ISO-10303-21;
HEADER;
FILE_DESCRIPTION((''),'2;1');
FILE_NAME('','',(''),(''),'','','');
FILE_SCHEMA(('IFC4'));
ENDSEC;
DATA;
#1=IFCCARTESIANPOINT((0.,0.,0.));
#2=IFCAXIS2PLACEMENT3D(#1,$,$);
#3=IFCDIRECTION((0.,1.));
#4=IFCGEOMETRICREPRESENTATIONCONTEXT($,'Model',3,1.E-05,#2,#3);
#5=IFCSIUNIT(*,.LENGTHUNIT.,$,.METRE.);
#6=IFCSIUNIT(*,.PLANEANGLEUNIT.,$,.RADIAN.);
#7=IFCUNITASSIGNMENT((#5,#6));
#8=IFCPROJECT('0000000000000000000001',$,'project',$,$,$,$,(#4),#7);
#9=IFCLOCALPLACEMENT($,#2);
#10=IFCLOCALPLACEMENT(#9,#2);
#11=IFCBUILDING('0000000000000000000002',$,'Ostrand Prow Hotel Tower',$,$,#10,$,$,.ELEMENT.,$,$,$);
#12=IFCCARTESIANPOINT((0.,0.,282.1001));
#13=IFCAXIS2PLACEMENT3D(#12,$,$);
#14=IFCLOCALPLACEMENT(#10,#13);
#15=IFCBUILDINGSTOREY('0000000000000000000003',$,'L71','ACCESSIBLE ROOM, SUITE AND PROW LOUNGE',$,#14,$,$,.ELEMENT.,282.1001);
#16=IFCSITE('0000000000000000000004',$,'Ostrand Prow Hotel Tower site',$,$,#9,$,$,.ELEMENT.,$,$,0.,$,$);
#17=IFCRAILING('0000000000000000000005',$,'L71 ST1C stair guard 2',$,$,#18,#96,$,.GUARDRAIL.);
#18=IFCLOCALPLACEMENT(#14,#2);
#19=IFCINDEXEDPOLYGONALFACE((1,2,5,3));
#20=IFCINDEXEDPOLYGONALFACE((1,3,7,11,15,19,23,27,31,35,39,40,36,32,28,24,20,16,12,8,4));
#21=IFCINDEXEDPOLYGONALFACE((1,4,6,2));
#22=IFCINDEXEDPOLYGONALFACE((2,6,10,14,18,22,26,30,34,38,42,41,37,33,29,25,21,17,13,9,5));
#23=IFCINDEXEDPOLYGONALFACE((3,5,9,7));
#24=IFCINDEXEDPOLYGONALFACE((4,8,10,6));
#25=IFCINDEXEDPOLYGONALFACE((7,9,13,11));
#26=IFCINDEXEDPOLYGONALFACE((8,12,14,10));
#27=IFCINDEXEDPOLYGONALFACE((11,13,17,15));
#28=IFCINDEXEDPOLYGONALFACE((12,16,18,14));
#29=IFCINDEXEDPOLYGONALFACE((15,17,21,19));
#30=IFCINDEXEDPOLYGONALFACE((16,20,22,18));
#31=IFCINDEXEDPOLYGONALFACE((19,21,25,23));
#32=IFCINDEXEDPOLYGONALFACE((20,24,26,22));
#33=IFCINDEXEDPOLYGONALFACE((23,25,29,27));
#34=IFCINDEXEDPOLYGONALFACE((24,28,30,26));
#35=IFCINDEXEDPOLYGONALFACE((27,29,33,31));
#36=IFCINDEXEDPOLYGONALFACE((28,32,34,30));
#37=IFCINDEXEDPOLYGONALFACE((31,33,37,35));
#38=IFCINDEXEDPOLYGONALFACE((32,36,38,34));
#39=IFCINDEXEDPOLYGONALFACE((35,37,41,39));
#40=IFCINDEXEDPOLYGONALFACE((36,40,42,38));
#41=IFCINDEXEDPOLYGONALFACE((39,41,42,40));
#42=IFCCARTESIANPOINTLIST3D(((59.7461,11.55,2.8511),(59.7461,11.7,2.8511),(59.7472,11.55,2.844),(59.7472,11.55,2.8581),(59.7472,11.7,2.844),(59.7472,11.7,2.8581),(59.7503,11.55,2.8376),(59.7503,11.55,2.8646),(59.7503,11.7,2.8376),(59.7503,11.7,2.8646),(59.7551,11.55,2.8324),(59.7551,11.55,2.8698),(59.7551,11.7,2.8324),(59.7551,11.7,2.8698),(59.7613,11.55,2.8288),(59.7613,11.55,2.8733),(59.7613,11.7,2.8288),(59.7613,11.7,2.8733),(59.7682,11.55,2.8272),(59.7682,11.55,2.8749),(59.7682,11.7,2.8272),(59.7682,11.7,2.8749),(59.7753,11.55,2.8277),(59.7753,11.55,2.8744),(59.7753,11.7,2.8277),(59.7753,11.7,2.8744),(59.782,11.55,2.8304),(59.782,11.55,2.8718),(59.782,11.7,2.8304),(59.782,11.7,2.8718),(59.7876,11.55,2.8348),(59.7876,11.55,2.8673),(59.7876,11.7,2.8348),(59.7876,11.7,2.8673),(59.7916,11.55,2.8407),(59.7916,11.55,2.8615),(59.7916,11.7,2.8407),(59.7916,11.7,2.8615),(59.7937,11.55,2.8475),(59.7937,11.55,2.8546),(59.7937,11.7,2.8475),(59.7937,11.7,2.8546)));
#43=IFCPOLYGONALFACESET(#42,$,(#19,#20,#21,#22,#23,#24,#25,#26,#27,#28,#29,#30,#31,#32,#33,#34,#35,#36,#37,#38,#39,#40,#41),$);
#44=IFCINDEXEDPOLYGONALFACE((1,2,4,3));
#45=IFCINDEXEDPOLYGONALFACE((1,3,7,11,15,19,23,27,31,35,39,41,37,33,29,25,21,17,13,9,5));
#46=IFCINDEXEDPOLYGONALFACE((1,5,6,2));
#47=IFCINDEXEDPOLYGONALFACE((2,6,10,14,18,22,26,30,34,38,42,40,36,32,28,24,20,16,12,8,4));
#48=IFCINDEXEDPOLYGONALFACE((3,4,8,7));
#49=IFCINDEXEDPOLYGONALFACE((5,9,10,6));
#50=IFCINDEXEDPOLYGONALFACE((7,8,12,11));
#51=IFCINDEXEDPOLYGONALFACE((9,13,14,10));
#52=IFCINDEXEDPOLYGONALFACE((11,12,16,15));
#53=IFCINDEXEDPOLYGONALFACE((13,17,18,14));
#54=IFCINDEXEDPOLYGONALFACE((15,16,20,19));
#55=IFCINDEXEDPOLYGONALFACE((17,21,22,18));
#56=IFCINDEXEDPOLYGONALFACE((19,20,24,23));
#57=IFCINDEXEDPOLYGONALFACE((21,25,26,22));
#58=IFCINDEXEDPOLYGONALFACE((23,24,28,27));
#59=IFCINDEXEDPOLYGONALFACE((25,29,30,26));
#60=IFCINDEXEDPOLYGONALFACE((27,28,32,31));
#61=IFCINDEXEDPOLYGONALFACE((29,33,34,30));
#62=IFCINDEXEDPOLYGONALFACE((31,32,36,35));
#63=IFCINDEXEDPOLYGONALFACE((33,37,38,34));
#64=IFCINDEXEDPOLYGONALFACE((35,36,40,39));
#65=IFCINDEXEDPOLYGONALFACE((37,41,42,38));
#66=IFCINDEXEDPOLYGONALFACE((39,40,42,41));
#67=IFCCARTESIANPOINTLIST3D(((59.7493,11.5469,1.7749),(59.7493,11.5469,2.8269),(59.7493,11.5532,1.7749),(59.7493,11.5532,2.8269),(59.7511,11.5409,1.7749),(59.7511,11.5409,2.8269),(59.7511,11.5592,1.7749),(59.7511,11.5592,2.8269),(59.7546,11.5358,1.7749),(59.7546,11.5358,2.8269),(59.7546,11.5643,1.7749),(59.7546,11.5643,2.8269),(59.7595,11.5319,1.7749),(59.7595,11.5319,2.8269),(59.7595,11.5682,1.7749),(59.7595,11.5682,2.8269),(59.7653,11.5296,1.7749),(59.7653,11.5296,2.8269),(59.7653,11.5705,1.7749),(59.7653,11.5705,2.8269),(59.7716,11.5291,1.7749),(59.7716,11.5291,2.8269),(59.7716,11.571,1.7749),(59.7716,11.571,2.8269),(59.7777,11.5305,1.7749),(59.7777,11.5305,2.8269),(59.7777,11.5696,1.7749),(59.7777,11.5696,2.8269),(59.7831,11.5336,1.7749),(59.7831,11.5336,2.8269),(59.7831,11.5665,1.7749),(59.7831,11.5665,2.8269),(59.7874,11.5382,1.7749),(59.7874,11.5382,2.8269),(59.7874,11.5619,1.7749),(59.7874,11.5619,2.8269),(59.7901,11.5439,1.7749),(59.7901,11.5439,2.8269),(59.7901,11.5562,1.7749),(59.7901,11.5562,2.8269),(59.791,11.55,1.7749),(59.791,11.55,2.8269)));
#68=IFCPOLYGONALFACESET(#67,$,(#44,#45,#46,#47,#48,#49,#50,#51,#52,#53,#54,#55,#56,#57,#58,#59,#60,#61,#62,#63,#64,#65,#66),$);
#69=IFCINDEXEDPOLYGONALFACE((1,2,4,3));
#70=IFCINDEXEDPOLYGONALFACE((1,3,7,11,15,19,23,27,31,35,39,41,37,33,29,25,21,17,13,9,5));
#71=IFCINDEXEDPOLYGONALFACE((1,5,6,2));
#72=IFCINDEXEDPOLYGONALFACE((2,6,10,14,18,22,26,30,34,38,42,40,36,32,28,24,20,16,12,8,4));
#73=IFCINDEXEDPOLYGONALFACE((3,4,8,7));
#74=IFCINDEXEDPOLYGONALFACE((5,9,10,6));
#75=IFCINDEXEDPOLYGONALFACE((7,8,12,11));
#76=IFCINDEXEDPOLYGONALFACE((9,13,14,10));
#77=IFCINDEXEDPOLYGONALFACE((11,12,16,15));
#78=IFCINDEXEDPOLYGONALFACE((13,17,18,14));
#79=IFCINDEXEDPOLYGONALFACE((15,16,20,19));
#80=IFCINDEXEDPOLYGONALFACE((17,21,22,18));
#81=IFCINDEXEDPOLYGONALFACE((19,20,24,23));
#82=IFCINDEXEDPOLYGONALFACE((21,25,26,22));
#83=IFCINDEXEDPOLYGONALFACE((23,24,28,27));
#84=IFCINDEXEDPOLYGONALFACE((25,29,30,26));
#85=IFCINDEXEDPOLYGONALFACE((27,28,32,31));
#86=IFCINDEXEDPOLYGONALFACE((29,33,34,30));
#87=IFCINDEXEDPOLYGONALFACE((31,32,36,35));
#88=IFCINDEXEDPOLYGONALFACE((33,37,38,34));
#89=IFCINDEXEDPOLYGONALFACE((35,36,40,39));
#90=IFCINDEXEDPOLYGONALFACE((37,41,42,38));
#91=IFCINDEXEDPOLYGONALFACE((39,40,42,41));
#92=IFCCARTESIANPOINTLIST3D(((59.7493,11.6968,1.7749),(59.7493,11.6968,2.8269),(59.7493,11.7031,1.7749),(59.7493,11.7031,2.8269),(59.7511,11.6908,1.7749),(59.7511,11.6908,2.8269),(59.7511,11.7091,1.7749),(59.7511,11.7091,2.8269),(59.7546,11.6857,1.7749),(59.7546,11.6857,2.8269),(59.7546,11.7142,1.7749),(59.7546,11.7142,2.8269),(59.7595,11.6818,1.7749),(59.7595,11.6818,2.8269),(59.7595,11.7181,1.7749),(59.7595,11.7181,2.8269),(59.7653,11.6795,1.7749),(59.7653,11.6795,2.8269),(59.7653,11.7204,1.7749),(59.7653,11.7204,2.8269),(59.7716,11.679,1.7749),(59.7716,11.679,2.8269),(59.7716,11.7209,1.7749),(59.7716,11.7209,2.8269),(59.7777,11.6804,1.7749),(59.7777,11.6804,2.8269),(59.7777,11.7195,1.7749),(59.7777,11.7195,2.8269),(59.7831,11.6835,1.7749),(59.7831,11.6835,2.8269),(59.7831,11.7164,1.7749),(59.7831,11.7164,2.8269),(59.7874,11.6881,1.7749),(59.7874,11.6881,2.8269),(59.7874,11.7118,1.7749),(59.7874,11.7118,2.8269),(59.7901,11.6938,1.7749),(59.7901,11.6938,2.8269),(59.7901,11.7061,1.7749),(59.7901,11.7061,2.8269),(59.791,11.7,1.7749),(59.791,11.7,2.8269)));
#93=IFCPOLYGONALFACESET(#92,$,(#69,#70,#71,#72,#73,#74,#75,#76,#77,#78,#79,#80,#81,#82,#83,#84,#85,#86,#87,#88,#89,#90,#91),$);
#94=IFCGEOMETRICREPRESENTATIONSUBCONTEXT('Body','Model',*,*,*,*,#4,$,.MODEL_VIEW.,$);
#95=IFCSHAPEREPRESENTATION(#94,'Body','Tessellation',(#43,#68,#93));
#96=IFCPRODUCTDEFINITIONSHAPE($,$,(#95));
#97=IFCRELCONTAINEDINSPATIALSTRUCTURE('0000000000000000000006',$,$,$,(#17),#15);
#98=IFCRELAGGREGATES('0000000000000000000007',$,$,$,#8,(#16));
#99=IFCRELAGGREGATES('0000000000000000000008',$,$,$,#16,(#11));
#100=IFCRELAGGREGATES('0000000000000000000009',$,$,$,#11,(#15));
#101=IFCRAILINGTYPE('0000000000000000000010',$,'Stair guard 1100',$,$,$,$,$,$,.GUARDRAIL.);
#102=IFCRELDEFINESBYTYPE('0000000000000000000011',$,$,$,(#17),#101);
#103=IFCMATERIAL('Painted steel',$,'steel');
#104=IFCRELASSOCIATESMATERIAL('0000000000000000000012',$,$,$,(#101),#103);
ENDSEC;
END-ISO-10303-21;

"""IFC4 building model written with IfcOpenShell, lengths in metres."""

from ifc_helpers import new_model, si_unit, direction, frame, origin, origin_2d, place, context, subcontext, project, spatial, circle, extrude, material, type_object, element, save


model = new_model("IFC4")

# Units and contexts
model_context = context("Model", 3, precision=1e-05, world=origin(), true_north=direction((0.0, 1.0)))
body_context = subcontext(model_context, "Body", "Model", "MODEL_VIEW")
ifc_project = project(units=[si_unit("LENGTHUNIT", "METRE"), si_unit("PLANEANGLEUNIT", "RADIAN")], contexts=[model_context])

# Site, building, storey
site_placement = place(None, origin())
site = spatial("IfcSite", under=ifc_project, at=site_placement, Name="Ostrand Prow Hotel Tower site", CompositionType="ELEMENT", RefElevation=0.0)
building_placement = place(site_placement, origin())
building = spatial("IfcBuilding", under=site, at=building_placement, Name="Ostrand Prow Hotel Tower", CompositionType="ELEMENT")
storey_placement = place(building_placement, frame((0.0, 0.0, 282.1001)))
storey = spatial("IfcBuildingStorey", under=building, at=storey_placement, Name="L71", Description="ACCESSIBLE ROOM, SUITE AND PROW LOUNGE", CompositionType="ELEMENT", Elevation=282.1001)

# Railing
ifc_material_1 = material(Name="Painted steel", Category="steel")
railing_type_1 = type_object("IfcRailingType", Name="Stair guard 1100", PredefinedType="GUARDRAIL", material=ifc_material_1)
railing_1_placement = place(storey_placement, frame((59.77, 11.55, 1.7749)))
element("IfcRailing", 1, at=railing_1_placement, inside=storey, type_object=railing_type_1, Name="L71 ST1C stair guard 2", PredefinedType="GUARDRAIL", context=body_context, shape_type="SweptSolid", body=[
    extrude(circle(Radius=0.0239, at=origin_2d()), frame((0.0, 0.0, 1.0762), z_axis=(0.0, 1.0, 0.0), x_axis=(-1.0, 0.0, 0.0)), (0.0, 0.0, 1.0), 0.1499),
    extrude(circle(Radius=0.021, at=origin_2d()), origin(), (0.0, 0.0, 1.0), 1.052),
    extrude(circle(Radius=0.021, at=origin_2d()), frame((0.0, 0.1499, 0.0)), (0.0, 0.0, 1.0), 1.052),
])

save(model, "model.ifc")
